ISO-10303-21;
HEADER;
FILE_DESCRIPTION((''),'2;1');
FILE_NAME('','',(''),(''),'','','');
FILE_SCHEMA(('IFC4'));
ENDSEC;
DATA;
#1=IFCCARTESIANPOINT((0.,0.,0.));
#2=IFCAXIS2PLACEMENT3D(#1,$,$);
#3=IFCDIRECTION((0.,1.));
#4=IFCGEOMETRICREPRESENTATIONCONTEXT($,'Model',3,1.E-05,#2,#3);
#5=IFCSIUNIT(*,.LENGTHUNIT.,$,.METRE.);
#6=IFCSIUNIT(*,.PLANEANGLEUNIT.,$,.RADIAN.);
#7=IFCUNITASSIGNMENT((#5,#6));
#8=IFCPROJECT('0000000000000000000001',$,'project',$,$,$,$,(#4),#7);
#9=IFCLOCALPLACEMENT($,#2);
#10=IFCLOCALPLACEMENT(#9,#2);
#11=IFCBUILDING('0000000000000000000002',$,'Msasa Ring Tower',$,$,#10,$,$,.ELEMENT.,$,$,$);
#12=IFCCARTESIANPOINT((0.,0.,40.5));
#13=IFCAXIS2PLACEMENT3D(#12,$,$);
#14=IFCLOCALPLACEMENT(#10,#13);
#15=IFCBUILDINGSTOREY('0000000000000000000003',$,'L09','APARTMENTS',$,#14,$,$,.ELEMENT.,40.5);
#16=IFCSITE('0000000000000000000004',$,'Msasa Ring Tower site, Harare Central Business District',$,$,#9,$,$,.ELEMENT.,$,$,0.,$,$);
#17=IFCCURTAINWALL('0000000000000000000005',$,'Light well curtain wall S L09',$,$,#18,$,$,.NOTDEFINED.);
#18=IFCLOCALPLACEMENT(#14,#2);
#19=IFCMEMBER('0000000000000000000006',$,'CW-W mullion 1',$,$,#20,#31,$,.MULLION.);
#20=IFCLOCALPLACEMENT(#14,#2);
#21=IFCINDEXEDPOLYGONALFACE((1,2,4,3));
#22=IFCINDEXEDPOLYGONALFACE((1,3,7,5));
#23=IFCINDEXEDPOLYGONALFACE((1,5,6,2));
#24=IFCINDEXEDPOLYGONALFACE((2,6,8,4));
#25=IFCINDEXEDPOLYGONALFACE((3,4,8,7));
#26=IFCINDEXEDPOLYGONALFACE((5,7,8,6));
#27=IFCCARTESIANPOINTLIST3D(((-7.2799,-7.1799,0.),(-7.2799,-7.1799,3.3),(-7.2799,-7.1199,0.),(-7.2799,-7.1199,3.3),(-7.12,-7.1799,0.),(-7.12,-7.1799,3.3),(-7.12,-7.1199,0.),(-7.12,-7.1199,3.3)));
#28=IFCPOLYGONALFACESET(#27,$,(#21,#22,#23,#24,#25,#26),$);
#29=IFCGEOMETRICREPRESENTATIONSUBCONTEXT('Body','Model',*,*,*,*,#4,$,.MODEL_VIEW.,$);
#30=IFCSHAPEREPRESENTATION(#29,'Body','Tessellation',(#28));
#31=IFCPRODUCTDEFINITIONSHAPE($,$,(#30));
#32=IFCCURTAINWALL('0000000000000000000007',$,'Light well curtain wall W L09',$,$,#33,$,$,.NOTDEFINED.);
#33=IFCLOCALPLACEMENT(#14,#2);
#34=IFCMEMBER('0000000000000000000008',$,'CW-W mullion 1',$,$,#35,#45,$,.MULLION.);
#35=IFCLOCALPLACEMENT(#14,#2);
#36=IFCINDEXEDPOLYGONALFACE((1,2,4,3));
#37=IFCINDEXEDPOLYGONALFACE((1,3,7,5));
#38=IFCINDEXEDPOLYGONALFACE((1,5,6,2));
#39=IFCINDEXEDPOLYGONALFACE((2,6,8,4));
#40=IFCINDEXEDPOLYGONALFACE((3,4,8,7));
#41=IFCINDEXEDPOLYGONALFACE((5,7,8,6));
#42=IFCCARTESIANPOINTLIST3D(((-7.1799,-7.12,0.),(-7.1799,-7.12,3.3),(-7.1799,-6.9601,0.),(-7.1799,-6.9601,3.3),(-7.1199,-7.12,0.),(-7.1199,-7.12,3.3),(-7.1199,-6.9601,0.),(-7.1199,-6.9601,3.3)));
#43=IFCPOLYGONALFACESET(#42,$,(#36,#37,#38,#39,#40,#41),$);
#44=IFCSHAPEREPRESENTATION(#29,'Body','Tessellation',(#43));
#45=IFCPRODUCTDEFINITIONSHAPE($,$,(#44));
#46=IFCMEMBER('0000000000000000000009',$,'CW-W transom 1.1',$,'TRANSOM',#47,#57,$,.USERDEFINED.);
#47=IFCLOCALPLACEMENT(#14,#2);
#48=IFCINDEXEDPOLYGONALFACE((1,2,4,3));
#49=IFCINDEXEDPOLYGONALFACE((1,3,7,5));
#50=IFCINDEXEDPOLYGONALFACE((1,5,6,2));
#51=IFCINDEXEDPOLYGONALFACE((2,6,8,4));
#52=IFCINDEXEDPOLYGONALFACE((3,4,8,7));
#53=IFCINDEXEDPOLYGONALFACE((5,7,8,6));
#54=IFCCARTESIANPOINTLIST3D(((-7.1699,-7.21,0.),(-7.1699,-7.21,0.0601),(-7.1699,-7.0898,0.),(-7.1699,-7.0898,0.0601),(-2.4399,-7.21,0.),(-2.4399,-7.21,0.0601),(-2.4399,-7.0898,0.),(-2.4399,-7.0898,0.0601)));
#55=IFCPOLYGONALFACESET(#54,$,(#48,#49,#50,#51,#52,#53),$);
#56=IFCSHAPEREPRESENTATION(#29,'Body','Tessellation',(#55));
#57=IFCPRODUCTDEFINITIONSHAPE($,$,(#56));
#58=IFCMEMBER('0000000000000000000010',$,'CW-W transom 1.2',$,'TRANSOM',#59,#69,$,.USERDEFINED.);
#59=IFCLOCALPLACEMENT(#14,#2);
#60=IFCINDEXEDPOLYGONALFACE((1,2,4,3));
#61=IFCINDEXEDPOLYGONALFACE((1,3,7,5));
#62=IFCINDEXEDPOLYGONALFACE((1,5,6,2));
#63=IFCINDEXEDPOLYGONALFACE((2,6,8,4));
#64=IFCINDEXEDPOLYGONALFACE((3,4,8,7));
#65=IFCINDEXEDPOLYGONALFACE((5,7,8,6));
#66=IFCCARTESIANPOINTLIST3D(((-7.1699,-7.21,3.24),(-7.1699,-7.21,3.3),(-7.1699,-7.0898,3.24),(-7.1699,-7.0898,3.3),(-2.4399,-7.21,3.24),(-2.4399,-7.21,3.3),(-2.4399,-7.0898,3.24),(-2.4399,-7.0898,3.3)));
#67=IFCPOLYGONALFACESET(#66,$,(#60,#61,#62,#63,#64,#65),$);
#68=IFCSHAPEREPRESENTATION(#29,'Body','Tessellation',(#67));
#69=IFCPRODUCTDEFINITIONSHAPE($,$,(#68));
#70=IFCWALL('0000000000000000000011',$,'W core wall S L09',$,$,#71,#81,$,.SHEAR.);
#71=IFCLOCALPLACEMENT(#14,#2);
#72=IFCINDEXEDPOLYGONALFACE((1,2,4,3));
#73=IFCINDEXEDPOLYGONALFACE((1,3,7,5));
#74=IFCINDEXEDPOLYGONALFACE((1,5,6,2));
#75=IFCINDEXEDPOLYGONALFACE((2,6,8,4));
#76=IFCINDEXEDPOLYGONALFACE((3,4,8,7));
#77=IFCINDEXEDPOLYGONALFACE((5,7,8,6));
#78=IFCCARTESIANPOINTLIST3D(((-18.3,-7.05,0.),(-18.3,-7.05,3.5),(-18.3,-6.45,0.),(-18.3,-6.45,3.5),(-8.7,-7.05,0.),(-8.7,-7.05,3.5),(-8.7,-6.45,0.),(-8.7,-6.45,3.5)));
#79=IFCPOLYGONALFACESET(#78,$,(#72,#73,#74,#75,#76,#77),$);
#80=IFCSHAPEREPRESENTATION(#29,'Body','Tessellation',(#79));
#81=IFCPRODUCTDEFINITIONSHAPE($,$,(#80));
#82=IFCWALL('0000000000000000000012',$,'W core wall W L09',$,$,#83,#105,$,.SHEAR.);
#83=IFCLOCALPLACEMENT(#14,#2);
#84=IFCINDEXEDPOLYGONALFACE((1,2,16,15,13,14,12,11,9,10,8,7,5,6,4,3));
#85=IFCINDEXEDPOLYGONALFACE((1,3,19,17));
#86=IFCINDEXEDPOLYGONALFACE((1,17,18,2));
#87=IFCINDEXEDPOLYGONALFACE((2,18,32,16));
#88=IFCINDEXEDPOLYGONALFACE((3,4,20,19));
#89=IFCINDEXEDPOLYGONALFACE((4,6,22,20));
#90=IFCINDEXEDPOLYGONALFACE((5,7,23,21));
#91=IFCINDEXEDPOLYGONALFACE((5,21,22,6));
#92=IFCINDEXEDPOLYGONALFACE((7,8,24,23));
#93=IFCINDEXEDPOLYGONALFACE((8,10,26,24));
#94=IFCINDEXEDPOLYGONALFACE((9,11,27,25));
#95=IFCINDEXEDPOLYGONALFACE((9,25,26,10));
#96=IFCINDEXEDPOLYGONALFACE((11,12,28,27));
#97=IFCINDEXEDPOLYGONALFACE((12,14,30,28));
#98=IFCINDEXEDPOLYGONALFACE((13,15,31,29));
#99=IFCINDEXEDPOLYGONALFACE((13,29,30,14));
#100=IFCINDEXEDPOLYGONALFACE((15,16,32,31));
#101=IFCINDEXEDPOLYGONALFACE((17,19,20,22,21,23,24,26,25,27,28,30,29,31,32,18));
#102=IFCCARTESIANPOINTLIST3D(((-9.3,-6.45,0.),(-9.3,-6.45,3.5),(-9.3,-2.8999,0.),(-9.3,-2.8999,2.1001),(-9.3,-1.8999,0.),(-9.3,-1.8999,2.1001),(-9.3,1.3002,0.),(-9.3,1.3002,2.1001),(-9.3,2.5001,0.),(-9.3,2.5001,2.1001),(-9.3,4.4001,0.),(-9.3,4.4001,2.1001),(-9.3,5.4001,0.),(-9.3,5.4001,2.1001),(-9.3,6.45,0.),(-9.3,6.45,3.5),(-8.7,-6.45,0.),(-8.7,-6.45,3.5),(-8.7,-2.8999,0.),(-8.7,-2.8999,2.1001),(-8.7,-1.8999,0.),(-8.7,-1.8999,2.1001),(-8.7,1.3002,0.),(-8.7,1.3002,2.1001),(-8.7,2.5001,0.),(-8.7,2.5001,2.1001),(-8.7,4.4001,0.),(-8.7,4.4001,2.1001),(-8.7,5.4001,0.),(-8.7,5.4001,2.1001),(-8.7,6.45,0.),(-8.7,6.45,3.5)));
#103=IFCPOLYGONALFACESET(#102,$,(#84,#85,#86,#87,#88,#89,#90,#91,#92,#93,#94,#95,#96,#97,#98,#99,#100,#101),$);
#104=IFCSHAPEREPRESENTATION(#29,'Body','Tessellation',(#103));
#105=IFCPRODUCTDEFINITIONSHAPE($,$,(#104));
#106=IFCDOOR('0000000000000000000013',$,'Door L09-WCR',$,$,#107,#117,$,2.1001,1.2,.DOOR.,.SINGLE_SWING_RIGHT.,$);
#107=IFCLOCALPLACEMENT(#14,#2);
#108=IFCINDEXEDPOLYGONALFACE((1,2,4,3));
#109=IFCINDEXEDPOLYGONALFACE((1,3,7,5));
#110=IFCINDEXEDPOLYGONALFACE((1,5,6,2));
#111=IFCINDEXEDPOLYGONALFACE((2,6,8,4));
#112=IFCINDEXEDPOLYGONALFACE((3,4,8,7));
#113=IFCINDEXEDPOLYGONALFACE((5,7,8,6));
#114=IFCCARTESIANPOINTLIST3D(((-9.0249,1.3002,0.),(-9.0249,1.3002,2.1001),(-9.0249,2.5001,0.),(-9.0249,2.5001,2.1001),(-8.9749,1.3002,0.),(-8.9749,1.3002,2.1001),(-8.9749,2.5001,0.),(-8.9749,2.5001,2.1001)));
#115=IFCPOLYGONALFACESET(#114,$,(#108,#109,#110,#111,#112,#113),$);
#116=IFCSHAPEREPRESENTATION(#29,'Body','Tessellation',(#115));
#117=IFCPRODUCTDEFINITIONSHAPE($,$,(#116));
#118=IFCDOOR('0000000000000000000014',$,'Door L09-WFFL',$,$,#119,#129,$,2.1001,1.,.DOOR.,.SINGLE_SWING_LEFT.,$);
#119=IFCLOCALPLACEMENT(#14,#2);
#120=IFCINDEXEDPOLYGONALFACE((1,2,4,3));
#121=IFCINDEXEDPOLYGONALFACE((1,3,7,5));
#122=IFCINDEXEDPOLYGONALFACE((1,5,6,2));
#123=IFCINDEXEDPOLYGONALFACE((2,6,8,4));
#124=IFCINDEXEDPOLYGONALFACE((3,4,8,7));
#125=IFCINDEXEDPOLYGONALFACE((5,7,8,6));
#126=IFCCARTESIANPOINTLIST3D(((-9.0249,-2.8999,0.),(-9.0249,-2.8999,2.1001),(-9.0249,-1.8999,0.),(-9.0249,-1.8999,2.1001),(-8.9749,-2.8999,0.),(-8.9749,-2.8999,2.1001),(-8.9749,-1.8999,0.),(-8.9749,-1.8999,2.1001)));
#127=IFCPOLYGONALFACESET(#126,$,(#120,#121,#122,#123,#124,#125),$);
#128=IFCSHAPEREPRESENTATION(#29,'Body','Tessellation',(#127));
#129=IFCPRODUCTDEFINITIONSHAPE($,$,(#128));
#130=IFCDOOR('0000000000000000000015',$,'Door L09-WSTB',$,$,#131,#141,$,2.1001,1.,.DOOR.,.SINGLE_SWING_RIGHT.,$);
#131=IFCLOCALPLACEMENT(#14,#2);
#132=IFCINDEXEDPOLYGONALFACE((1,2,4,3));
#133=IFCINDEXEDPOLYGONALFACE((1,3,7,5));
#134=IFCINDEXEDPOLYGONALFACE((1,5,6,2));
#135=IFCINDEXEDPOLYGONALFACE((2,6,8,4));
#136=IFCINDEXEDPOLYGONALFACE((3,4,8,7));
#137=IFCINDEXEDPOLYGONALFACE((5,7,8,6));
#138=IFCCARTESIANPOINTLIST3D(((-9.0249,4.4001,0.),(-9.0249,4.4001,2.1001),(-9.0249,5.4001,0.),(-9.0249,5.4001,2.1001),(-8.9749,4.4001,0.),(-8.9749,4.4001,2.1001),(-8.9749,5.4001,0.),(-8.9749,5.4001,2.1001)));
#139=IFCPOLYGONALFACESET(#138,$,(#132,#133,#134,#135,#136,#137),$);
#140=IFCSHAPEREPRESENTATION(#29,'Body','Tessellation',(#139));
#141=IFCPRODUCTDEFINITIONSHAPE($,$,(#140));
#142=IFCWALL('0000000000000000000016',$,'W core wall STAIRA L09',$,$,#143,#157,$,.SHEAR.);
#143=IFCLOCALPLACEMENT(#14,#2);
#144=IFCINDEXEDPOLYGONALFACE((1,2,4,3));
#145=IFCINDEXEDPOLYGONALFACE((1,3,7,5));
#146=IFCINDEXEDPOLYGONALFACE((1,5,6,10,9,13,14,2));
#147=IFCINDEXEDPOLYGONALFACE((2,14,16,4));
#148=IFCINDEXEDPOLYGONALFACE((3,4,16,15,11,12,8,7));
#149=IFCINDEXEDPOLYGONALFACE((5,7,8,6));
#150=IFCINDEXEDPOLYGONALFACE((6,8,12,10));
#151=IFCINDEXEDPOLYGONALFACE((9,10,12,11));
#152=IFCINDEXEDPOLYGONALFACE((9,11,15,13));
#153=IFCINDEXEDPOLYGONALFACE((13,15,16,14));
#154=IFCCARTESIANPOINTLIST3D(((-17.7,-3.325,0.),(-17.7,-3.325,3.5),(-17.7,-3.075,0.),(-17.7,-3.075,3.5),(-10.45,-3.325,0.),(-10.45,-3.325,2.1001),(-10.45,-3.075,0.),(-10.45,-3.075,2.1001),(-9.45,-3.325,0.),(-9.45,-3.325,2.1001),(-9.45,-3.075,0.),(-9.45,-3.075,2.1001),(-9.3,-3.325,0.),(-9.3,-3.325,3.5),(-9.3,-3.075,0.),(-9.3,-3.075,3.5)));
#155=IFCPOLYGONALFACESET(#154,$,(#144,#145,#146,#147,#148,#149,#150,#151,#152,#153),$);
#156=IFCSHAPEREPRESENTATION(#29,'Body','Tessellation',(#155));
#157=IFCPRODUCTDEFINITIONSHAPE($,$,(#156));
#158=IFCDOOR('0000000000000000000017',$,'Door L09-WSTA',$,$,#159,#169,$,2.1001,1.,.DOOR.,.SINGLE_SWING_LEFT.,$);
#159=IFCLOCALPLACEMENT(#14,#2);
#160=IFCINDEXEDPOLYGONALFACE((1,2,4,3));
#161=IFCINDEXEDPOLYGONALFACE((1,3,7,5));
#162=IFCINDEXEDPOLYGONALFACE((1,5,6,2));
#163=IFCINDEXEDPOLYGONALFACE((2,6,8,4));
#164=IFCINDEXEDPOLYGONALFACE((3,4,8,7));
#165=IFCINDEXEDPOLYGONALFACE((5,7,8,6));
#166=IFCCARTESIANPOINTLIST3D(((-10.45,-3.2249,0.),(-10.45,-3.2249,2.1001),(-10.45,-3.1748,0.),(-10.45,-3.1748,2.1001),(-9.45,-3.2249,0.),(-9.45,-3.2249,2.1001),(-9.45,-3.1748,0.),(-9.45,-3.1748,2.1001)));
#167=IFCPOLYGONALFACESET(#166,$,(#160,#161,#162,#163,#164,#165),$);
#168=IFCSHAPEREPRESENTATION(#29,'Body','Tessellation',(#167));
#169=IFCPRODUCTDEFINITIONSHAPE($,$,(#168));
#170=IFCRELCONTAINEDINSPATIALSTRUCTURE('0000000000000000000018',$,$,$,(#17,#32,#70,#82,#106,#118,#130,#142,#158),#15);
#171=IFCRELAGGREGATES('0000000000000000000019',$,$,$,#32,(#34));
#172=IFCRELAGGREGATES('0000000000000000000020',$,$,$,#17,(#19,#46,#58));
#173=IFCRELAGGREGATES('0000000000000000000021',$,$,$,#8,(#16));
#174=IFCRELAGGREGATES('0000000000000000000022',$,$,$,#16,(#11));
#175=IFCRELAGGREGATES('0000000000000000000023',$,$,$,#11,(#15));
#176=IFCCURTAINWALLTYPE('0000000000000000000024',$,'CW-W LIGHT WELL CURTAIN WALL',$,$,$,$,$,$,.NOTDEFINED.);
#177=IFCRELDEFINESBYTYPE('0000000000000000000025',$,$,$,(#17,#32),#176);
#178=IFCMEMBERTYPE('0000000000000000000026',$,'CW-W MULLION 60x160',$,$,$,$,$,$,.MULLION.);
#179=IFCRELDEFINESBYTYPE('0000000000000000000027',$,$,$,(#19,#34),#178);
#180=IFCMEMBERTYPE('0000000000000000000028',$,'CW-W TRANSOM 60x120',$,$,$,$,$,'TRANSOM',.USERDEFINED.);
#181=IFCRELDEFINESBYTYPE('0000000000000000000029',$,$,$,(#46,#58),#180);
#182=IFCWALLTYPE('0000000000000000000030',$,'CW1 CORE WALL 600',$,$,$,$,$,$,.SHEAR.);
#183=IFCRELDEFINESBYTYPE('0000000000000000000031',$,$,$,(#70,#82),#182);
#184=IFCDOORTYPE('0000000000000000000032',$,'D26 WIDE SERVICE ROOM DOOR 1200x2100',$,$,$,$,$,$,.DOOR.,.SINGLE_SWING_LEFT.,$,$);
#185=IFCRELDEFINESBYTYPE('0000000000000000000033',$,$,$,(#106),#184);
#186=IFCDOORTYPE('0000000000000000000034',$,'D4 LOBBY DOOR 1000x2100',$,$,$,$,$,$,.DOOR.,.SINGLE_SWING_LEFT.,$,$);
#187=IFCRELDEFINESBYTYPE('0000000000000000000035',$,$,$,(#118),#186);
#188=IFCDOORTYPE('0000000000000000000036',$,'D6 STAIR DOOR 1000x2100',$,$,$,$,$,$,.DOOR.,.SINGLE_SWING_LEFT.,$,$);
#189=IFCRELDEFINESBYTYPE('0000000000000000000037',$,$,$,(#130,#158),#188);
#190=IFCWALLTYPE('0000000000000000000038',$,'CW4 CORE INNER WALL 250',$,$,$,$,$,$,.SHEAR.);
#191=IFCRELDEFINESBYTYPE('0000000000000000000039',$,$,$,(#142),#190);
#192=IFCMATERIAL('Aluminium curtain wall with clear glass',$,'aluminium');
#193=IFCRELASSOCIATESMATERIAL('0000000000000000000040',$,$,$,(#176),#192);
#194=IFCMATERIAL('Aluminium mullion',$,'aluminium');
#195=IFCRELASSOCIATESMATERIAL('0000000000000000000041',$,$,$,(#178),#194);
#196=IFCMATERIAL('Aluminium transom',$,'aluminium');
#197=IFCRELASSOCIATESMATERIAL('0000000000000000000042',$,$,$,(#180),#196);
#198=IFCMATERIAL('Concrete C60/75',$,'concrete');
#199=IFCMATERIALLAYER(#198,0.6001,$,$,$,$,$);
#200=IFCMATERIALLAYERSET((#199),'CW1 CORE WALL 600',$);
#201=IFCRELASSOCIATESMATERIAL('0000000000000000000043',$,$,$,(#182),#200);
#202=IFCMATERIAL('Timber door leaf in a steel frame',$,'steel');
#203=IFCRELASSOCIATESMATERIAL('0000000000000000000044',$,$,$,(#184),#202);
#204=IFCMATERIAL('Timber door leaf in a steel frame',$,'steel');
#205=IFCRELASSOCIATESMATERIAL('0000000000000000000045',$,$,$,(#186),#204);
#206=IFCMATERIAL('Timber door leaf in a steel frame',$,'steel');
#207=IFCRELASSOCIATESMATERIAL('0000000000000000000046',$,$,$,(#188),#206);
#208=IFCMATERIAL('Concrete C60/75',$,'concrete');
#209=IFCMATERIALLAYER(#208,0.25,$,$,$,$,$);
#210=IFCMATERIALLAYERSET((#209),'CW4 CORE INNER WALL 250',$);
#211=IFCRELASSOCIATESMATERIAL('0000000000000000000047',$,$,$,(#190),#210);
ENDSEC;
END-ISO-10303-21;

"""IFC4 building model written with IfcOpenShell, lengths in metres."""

from ifc_helpers import new_model, si_unit, direction, frame, frame_2d, origin, origin_2d, place, context, subcontext, project, spatial, rectangle, extrude, material, layer, layer_set, material_profile, profile_set, type_object, element, fill, aggregate, save


model = new_model("IFC4")

# Units and contexts
model_context = context("Model", 3, precision=1e-05, world=origin(), true_north=direction((0.0, 1.0)))
body_context = subcontext(model_context, "Body", "Model", "MODEL_VIEW")
ifc_project = project(units=[si_unit("LENGTHUNIT", "METRE"), si_unit("PLANEANGLEUNIT", "RADIAN")], contexts=[model_context])

# Site, building, storey
site_placement = place(None, origin())
site = spatial("IfcSite", under=ifc_project, at=site_placement, Name="Msasa Ring Tower site, Harare Central Business District", CompositionType="ELEMENT", RefElevation=0.0)
building_placement = place(site_placement, origin())
building = spatial("IfcBuilding", under=site, at=building_placement, Name="Msasa Ring Tower", CompositionType="ELEMENT")
storey_placement = place(building_placement, frame((0.0, 0.0, 40.5)))
storey = spatial("IfcBuildingStorey", under=building, at=storey_placement, Name="L09", Description="APARTMENTS", CompositionType="ELEMENT", Elevation=40.5)

# Curtain walls, members
ifc_material_1 = material(Name="Aluminium curtain wall with clear glass", Category="aluminium")
curtain_wall_type = type_object("IfcCurtainWallType", Name="CW-W LIGHT WELL CURTAIN WALL", PredefinedType="NOTDEFINED", material=ifc_material_1)
curtain_wall_1_placement = place(storey_placement, origin())
curtain_wall_1 = element("IfcCurtainWall", 1, at=curtain_wall_1_placement, inside=storey, type_object=curtain_wall_type, Name="Light well curtain wall S L09", PredefinedType="NOTDEFINED")
ifc_material_2 = material(Name="Aluminium mullion", Category="aluminium")
ifc_material_profile_1 = material_profile(ifc_material_2, rectangle(XDim=0.0601, YDim=0.1599, at=origin_2d()), Name="AL 60x160")
ifc_profile_set_1 = profile_set([ifc_material_profile_1], Name="Aluminium mullion")
member_type_1 = type_object("IfcMemberType", Name="CW-W MULLION 60x160", PredefinedType="MULLION", material=ifc_profile_set_1)
member_1_placement = place(storey_placement, frame((-7.2, -7.1499, 0.0), z_axis=(0.0, 0.0, 1.0), x_axis=(0.0, 1.0, 0.0)))
member_1 = element("IfcMember", 2, at=member_1_placement, type_object=member_type_1, Name="CW-W mullion 1", PredefinedType="MULLION", context=body_context, shape_type="SweptSolid", body=[
    extrude(rectangle(XDim=0.0601, YDim=0.1599, at=origin_2d()), origin(), (0.0, 0.0, 1.0), 3.3),
])
curtain_wall_2_placement = place(storey_placement, origin())
curtain_wall_2 = element("IfcCurtainWall", 3, at=curtain_wall_2_placement, inside=storey, type_object=curtain_wall_type, Name="Light well curtain wall W L09", PredefinedType="NOTDEFINED")
member_2_placement = place(storey_placement, frame((-7.1499, -7.04, 0.0), z_axis=(0.0, 0.0, 1.0), x_axis=(-1.0, 0.0, 0.0)))
member_2 = element("IfcMember", 4, at=member_2_placement, type_object=member_type_1, Name="CW-W mullion 1", PredefinedType="MULLION", context=body_context, shape_type="SweptSolid", body=[
    extrude(rectangle(XDim=0.0601, YDim=0.1599, at=origin_2d()), origin(), (0.0, 0.0, 1.0), 3.3),
])
aggregate(curtain_wall_2, [member_2])

# Members
ifc_material_3 = material(Name="Aluminium transom", Category="aluminium")
ifc_material_profile_2 = material_profile(ifc_material_3, rectangle(XDim=0.1201, YDim=0.0601, at=origin_2d()), Name="AL 60x120")
ifc_profile_set_2 = profile_set([ifc_material_profile_2], Name="Aluminium transom")
member_type_2 = type_object("IfcMemberType", Name="CW-W TRANSOM 60x120", ElementType="TRANSOM", PredefinedType="USERDEFINED", material=ifc_profile_set_2)
member_3_placement = place(storey_placement, frame((-7.1699, -7.1499, 0.03), z_axis=(1.0, 0.0, 0.0), x_axis=(0.0, 1.0, 0.0)))
member_3 = element("IfcMember", 5, at=member_3_placement, type_object=member_type_2, Name="CW-W transom 1.1", ObjectType="TRANSOM", PredefinedType="USERDEFINED", context=body_context, shape_type="SweptSolid", body=[
    extrude(rectangle(XDim=0.1201, YDim=0.0601, at=origin_2d()), origin(), (0.0, 0.0, 1.0), 4.73),
])
member_4_placement = place(storey_placement, frame((-7.1699, -7.1499, 3.27), z_axis=(1.0, 0.0, 0.0), x_axis=(0.0, 1.0, 0.0)))
member_4 = element("IfcMember", 6, at=member_4_placement, type_object=member_type_2, Name="CW-W transom 1.2", ObjectType="TRANSOM", PredefinedType="USERDEFINED", context=body_context, shape_type="SweptSolid", body=[
    extrude(rectangle(XDim=0.1201, YDim=0.0601, at=origin_2d()), origin(), (0.0, 0.0, 1.0), 4.73),
])
aggregate(curtain_wall_1, [member_1, member_3, member_4])

# Wall
ifc_material_4 = material(Name="Concrete C60/75", Category="concrete")
ifc_layer_1 = layer(ifc_material_4, 0.6001)
ifc_layer_set_1 = layer_set([ifc_layer_1], Name="CW1 CORE WALL 600")
wall_type_1 = type_object("IfcWallType", Name="CW1 CORE WALL 600", PredefinedType="SHEAR", material=ifc_layer_set_1)
wall_1_placement = place(storey_placement, frame((-8.7, -6.75, 0.0), z_axis=(0.0, 0.0, 1.0), x_axis=(-1.0, 0.0, 0.0)))
element("IfcWall", 7, at=wall_1_placement, inside=storey, type_object=wall_type_1, Name="W core wall S L09", PredefinedType="SHEAR", context=body_context, shape_type="SweptSolid", body=[
    extrude(rectangle(XDim=9.6001, YDim=0.6001, at=frame_2d((4.8, 0.0))), origin(), (0.0, 0.0, 1.0), 3.5),
])

# Wall, openings, doors
wall_2_placement = place(storey_placement, frame((-9.0, -6.45, 0.0), z_axis=(0.0, 0.0, 1.0), x_axis=(0.0, 1.0, 0.0)))
wall_2 = element("IfcWall", 8, at=wall_2_placement, inside=storey, type_object=wall_type_1, Name="W core wall W L09", PredefinedType="SHEAR", context=body_context, shape_type="SweptSolid", body=[
    extrude(rectangle(XDim=12.8999, YDim=0.6001, at=frame_2d((6.45, 0.0))), origin(), (0.0, 0.0, 1.0), 3.5),
])
opening_1_placement = place(wall_2_placement, frame((3.55, 0.0, 0.0)))
opening_1 = element("IfcOpeningElement", 9, at=opening_1_placement, cuts=wall_2, PredefinedType="OPENING", context=body_context, shape_type="SweptSolid", body=[
    extrude(rectangle(XDim=1.0, YDim=2.1001, at=frame_2d((0.5, 1.05))), frame((0.0, 0.3101, 0.0), z_axis=(0.0, -1.0, 0.0), x_axis=(1.0, 0.0, 0.0)), (0.0, 0.0, 1.0), 0.6201),
])
opening_2_placement = place(wall_2_placement, frame((7.75, 0.0, 0.0)))
opening_2 = element("IfcOpeningElement", 10, at=opening_2_placement, cuts=wall_2, PredefinedType="OPENING", context=body_context, shape_type="SweptSolid", body=[
    extrude(rectangle(XDim=1.2, YDim=2.1001, at=frame_2d((0.6001, 1.05))), frame((0.0, 0.3101, 0.0), z_axis=(0.0, -1.0, 0.0), x_axis=(1.0, 0.0, 0.0)), (0.0, 0.0, 1.0), 0.6201),
])
opening_3_placement = place(wall_2_placement, frame((10.8501, 0.0, 0.0)))
opening_3 = element("IfcOpeningElement", 11, at=opening_3_placement, cuts=wall_2, PredefinedType="OPENING", context=body_context, shape_type="SweptSolid", body=[
    extrude(rectangle(XDim=1.0, YDim=2.1001, at=frame_2d((0.5, 1.05))), frame((0.0, 0.3101, 0.0), z_axis=(0.0, -1.0, 0.0), x_axis=(1.0, 0.0, 0.0)), (0.0, 0.0, 1.0), 0.6201),
])
ifc_material_5 = material(Name="Timber door leaf in a steel frame", Category="steel")
door_type_1 = type_object("IfcDoorType", Name="D26 WIDE SERVICE ROOM DOOR 1200x2100", OperationType="SINGLE_SWING_LEFT", PredefinedType="DOOR", material=ifc_material_5)
door_1_placement = place(opening_2_placement, origin())
door_1 = element("IfcDoor", 12, at=door_1_placement, inside=storey, type_object=door_type_1, Name="Door L09-WCR", OperationType="SINGLE_SWING_RIGHT", OverallHeight=2.1001, OverallWidth=1.2, PredefinedType="DOOR", context=body_context, shape_type="SweptSolid", body=[
    extrude(rectangle(XDim=1.2, YDim=2.1001, at=frame_2d((0.6001, 1.05))), frame((0.0, 0.0249, 0.0), z_axis=(0.0, -1.0, 0.0), x_axis=(1.0, 0.0, 0.0)), (0.0, 0.0, 1.0), 0.05),
])
fill(opening_2, door_1)
ifc_material_6 = material(Name="Timber door leaf in a steel frame", Category="steel")
door_type_2 = type_object("IfcDoorType", Name="D4 LOBBY DOOR 1000x2100", OperationType="SINGLE_SWING_LEFT", PredefinedType="DOOR", material=ifc_material_6)
door_2_placement = place(opening_1_placement, origin())
door_2 = element("IfcDoor", 13, at=door_2_placement, inside=storey, type_object=door_type_2, Name="Door L09-WFFL", OperationType="SINGLE_SWING_LEFT", OverallHeight=2.1001, OverallWidth=1.0, PredefinedType="DOOR", context=body_context, shape_type="SweptSolid", body=[
    extrude(rectangle(XDim=1.0, YDim=2.1001, at=frame_2d((0.5, 1.05))), frame((0.0, 0.0249, 0.0), z_axis=(0.0, -1.0, 0.0), x_axis=(1.0, 0.0, 0.0)), (0.0, 0.0, 1.0), 0.05),
])
fill(opening_1, door_2)
ifc_material_7 = material(Name="Timber door leaf in a steel frame", Category="steel")
door_type_3 = type_object("IfcDoorType", Name="D6 STAIR DOOR 1000x2100", OperationType="SINGLE_SWING_LEFT", PredefinedType="DOOR", material=ifc_material_7)
door_3_placement = place(opening_3_placement, origin())
door_3 = element("IfcDoor", 14, at=door_3_placement, inside=storey, type_object=door_type_3, Name="Door L09-WSTB", OperationType="SINGLE_SWING_RIGHT", OverallHeight=2.1001, OverallWidth=1.0, PredefinedType="DOOR", context=body_context, shape_type="SweptSolid", body=[
    extrude(rectangle(XDim=1.0, YDim=2.1001, at=frame_2d((0.5, 1.05))), frame((0.0, 0.0249, 0.0), z_axis=(0.0, -1.0, 0.0), x_axis=(1.0, 0.0, 0.0)), (0.0, 0.0, 1.0), 0.05),
])
fill(opening_3, door_3)

# Wall, opening, door
ifc_material_8 = material(Name="Concrete C60/75", Category="concrete")
ifc_layer_2 = layer(ifc_material_8, 0.25)
ifc_layer_set_2 = layer_set([ifc_layer_2], Name="CW4 CORE INNER WALL 250")
wall_type_2 = type_object("IfcWallType", Name="CW4 CORE INNER WALL 250", PredefinedType="SHEAR", material=ifc_layer_set_2)
wall_3_placement = place(storey_placement, frame((-9.3, -3.2, 0.0), z_axis=(0.0, 0.0, 1.0), x_axis=(-1.0, 0.0, 0.0)))
wall_3 = element("IfcWall", 15, at=wall_3_placement, inside=storey, type_object=wall_type_2, Name="W core wall STAIRA L09", PredefinedType="SHEAR", context=body_context, shape_type="SweptSolid", body=[
    extrude(rectangle(XDim=8.3999, YDim=0.25, at=frame_2d((4.2, 0.0))), origin(), (0.0, 0.0, 1.0), 3.5),
])
opening_4_placement = place(wall_3_placement, frame((0.1499, 0.0, 0.0)))
opening_4 = element("IfcOpeningElement", 16, at=opening_4_placement, cuts=wall_3, PredefinedType="OPENING", context=body_context, shape_type="SweptSolid", body=[
    extrude(rectangle(XDim=1.0, YDim=2.1001, at=frame_2d((0.5, 1.05))), frame((0.0, 0.135, 0.0), z_axis=(0.0, -1.0, 0.0), x_axis=(1.0, 0.0, 0.0)), (0.0, 0.0, 1.0), 0.27),
])
door_4_placement = place(opening_4_placement, origin())
door_4 = element("IfcDoor", 17, at=door_4_placement, inside=storey, type_object=door_type_3, Name="Door L09-WSTA", OperationType="SINGLE_SWING_LEFT", OverallHeight=2.1001, OverallWidth=1.0, PredefinedType="DOOR", context=body_context, shape_type="SweptSolid", body=[
    extrude(rectangle(XDim=1.0, YDim=2.1001, at=frame_2d((0.5, 1.05))), frame((0.0, 0.0249, 0.0), z_axis=(0.0, -1.0, 0.0), x_axis=(1.0, 0.0, 0.0)), (0.0, 0.0, 1.0), 0.05),
])
fill(opening_4, door_4)

save(model, "model.ifc")
